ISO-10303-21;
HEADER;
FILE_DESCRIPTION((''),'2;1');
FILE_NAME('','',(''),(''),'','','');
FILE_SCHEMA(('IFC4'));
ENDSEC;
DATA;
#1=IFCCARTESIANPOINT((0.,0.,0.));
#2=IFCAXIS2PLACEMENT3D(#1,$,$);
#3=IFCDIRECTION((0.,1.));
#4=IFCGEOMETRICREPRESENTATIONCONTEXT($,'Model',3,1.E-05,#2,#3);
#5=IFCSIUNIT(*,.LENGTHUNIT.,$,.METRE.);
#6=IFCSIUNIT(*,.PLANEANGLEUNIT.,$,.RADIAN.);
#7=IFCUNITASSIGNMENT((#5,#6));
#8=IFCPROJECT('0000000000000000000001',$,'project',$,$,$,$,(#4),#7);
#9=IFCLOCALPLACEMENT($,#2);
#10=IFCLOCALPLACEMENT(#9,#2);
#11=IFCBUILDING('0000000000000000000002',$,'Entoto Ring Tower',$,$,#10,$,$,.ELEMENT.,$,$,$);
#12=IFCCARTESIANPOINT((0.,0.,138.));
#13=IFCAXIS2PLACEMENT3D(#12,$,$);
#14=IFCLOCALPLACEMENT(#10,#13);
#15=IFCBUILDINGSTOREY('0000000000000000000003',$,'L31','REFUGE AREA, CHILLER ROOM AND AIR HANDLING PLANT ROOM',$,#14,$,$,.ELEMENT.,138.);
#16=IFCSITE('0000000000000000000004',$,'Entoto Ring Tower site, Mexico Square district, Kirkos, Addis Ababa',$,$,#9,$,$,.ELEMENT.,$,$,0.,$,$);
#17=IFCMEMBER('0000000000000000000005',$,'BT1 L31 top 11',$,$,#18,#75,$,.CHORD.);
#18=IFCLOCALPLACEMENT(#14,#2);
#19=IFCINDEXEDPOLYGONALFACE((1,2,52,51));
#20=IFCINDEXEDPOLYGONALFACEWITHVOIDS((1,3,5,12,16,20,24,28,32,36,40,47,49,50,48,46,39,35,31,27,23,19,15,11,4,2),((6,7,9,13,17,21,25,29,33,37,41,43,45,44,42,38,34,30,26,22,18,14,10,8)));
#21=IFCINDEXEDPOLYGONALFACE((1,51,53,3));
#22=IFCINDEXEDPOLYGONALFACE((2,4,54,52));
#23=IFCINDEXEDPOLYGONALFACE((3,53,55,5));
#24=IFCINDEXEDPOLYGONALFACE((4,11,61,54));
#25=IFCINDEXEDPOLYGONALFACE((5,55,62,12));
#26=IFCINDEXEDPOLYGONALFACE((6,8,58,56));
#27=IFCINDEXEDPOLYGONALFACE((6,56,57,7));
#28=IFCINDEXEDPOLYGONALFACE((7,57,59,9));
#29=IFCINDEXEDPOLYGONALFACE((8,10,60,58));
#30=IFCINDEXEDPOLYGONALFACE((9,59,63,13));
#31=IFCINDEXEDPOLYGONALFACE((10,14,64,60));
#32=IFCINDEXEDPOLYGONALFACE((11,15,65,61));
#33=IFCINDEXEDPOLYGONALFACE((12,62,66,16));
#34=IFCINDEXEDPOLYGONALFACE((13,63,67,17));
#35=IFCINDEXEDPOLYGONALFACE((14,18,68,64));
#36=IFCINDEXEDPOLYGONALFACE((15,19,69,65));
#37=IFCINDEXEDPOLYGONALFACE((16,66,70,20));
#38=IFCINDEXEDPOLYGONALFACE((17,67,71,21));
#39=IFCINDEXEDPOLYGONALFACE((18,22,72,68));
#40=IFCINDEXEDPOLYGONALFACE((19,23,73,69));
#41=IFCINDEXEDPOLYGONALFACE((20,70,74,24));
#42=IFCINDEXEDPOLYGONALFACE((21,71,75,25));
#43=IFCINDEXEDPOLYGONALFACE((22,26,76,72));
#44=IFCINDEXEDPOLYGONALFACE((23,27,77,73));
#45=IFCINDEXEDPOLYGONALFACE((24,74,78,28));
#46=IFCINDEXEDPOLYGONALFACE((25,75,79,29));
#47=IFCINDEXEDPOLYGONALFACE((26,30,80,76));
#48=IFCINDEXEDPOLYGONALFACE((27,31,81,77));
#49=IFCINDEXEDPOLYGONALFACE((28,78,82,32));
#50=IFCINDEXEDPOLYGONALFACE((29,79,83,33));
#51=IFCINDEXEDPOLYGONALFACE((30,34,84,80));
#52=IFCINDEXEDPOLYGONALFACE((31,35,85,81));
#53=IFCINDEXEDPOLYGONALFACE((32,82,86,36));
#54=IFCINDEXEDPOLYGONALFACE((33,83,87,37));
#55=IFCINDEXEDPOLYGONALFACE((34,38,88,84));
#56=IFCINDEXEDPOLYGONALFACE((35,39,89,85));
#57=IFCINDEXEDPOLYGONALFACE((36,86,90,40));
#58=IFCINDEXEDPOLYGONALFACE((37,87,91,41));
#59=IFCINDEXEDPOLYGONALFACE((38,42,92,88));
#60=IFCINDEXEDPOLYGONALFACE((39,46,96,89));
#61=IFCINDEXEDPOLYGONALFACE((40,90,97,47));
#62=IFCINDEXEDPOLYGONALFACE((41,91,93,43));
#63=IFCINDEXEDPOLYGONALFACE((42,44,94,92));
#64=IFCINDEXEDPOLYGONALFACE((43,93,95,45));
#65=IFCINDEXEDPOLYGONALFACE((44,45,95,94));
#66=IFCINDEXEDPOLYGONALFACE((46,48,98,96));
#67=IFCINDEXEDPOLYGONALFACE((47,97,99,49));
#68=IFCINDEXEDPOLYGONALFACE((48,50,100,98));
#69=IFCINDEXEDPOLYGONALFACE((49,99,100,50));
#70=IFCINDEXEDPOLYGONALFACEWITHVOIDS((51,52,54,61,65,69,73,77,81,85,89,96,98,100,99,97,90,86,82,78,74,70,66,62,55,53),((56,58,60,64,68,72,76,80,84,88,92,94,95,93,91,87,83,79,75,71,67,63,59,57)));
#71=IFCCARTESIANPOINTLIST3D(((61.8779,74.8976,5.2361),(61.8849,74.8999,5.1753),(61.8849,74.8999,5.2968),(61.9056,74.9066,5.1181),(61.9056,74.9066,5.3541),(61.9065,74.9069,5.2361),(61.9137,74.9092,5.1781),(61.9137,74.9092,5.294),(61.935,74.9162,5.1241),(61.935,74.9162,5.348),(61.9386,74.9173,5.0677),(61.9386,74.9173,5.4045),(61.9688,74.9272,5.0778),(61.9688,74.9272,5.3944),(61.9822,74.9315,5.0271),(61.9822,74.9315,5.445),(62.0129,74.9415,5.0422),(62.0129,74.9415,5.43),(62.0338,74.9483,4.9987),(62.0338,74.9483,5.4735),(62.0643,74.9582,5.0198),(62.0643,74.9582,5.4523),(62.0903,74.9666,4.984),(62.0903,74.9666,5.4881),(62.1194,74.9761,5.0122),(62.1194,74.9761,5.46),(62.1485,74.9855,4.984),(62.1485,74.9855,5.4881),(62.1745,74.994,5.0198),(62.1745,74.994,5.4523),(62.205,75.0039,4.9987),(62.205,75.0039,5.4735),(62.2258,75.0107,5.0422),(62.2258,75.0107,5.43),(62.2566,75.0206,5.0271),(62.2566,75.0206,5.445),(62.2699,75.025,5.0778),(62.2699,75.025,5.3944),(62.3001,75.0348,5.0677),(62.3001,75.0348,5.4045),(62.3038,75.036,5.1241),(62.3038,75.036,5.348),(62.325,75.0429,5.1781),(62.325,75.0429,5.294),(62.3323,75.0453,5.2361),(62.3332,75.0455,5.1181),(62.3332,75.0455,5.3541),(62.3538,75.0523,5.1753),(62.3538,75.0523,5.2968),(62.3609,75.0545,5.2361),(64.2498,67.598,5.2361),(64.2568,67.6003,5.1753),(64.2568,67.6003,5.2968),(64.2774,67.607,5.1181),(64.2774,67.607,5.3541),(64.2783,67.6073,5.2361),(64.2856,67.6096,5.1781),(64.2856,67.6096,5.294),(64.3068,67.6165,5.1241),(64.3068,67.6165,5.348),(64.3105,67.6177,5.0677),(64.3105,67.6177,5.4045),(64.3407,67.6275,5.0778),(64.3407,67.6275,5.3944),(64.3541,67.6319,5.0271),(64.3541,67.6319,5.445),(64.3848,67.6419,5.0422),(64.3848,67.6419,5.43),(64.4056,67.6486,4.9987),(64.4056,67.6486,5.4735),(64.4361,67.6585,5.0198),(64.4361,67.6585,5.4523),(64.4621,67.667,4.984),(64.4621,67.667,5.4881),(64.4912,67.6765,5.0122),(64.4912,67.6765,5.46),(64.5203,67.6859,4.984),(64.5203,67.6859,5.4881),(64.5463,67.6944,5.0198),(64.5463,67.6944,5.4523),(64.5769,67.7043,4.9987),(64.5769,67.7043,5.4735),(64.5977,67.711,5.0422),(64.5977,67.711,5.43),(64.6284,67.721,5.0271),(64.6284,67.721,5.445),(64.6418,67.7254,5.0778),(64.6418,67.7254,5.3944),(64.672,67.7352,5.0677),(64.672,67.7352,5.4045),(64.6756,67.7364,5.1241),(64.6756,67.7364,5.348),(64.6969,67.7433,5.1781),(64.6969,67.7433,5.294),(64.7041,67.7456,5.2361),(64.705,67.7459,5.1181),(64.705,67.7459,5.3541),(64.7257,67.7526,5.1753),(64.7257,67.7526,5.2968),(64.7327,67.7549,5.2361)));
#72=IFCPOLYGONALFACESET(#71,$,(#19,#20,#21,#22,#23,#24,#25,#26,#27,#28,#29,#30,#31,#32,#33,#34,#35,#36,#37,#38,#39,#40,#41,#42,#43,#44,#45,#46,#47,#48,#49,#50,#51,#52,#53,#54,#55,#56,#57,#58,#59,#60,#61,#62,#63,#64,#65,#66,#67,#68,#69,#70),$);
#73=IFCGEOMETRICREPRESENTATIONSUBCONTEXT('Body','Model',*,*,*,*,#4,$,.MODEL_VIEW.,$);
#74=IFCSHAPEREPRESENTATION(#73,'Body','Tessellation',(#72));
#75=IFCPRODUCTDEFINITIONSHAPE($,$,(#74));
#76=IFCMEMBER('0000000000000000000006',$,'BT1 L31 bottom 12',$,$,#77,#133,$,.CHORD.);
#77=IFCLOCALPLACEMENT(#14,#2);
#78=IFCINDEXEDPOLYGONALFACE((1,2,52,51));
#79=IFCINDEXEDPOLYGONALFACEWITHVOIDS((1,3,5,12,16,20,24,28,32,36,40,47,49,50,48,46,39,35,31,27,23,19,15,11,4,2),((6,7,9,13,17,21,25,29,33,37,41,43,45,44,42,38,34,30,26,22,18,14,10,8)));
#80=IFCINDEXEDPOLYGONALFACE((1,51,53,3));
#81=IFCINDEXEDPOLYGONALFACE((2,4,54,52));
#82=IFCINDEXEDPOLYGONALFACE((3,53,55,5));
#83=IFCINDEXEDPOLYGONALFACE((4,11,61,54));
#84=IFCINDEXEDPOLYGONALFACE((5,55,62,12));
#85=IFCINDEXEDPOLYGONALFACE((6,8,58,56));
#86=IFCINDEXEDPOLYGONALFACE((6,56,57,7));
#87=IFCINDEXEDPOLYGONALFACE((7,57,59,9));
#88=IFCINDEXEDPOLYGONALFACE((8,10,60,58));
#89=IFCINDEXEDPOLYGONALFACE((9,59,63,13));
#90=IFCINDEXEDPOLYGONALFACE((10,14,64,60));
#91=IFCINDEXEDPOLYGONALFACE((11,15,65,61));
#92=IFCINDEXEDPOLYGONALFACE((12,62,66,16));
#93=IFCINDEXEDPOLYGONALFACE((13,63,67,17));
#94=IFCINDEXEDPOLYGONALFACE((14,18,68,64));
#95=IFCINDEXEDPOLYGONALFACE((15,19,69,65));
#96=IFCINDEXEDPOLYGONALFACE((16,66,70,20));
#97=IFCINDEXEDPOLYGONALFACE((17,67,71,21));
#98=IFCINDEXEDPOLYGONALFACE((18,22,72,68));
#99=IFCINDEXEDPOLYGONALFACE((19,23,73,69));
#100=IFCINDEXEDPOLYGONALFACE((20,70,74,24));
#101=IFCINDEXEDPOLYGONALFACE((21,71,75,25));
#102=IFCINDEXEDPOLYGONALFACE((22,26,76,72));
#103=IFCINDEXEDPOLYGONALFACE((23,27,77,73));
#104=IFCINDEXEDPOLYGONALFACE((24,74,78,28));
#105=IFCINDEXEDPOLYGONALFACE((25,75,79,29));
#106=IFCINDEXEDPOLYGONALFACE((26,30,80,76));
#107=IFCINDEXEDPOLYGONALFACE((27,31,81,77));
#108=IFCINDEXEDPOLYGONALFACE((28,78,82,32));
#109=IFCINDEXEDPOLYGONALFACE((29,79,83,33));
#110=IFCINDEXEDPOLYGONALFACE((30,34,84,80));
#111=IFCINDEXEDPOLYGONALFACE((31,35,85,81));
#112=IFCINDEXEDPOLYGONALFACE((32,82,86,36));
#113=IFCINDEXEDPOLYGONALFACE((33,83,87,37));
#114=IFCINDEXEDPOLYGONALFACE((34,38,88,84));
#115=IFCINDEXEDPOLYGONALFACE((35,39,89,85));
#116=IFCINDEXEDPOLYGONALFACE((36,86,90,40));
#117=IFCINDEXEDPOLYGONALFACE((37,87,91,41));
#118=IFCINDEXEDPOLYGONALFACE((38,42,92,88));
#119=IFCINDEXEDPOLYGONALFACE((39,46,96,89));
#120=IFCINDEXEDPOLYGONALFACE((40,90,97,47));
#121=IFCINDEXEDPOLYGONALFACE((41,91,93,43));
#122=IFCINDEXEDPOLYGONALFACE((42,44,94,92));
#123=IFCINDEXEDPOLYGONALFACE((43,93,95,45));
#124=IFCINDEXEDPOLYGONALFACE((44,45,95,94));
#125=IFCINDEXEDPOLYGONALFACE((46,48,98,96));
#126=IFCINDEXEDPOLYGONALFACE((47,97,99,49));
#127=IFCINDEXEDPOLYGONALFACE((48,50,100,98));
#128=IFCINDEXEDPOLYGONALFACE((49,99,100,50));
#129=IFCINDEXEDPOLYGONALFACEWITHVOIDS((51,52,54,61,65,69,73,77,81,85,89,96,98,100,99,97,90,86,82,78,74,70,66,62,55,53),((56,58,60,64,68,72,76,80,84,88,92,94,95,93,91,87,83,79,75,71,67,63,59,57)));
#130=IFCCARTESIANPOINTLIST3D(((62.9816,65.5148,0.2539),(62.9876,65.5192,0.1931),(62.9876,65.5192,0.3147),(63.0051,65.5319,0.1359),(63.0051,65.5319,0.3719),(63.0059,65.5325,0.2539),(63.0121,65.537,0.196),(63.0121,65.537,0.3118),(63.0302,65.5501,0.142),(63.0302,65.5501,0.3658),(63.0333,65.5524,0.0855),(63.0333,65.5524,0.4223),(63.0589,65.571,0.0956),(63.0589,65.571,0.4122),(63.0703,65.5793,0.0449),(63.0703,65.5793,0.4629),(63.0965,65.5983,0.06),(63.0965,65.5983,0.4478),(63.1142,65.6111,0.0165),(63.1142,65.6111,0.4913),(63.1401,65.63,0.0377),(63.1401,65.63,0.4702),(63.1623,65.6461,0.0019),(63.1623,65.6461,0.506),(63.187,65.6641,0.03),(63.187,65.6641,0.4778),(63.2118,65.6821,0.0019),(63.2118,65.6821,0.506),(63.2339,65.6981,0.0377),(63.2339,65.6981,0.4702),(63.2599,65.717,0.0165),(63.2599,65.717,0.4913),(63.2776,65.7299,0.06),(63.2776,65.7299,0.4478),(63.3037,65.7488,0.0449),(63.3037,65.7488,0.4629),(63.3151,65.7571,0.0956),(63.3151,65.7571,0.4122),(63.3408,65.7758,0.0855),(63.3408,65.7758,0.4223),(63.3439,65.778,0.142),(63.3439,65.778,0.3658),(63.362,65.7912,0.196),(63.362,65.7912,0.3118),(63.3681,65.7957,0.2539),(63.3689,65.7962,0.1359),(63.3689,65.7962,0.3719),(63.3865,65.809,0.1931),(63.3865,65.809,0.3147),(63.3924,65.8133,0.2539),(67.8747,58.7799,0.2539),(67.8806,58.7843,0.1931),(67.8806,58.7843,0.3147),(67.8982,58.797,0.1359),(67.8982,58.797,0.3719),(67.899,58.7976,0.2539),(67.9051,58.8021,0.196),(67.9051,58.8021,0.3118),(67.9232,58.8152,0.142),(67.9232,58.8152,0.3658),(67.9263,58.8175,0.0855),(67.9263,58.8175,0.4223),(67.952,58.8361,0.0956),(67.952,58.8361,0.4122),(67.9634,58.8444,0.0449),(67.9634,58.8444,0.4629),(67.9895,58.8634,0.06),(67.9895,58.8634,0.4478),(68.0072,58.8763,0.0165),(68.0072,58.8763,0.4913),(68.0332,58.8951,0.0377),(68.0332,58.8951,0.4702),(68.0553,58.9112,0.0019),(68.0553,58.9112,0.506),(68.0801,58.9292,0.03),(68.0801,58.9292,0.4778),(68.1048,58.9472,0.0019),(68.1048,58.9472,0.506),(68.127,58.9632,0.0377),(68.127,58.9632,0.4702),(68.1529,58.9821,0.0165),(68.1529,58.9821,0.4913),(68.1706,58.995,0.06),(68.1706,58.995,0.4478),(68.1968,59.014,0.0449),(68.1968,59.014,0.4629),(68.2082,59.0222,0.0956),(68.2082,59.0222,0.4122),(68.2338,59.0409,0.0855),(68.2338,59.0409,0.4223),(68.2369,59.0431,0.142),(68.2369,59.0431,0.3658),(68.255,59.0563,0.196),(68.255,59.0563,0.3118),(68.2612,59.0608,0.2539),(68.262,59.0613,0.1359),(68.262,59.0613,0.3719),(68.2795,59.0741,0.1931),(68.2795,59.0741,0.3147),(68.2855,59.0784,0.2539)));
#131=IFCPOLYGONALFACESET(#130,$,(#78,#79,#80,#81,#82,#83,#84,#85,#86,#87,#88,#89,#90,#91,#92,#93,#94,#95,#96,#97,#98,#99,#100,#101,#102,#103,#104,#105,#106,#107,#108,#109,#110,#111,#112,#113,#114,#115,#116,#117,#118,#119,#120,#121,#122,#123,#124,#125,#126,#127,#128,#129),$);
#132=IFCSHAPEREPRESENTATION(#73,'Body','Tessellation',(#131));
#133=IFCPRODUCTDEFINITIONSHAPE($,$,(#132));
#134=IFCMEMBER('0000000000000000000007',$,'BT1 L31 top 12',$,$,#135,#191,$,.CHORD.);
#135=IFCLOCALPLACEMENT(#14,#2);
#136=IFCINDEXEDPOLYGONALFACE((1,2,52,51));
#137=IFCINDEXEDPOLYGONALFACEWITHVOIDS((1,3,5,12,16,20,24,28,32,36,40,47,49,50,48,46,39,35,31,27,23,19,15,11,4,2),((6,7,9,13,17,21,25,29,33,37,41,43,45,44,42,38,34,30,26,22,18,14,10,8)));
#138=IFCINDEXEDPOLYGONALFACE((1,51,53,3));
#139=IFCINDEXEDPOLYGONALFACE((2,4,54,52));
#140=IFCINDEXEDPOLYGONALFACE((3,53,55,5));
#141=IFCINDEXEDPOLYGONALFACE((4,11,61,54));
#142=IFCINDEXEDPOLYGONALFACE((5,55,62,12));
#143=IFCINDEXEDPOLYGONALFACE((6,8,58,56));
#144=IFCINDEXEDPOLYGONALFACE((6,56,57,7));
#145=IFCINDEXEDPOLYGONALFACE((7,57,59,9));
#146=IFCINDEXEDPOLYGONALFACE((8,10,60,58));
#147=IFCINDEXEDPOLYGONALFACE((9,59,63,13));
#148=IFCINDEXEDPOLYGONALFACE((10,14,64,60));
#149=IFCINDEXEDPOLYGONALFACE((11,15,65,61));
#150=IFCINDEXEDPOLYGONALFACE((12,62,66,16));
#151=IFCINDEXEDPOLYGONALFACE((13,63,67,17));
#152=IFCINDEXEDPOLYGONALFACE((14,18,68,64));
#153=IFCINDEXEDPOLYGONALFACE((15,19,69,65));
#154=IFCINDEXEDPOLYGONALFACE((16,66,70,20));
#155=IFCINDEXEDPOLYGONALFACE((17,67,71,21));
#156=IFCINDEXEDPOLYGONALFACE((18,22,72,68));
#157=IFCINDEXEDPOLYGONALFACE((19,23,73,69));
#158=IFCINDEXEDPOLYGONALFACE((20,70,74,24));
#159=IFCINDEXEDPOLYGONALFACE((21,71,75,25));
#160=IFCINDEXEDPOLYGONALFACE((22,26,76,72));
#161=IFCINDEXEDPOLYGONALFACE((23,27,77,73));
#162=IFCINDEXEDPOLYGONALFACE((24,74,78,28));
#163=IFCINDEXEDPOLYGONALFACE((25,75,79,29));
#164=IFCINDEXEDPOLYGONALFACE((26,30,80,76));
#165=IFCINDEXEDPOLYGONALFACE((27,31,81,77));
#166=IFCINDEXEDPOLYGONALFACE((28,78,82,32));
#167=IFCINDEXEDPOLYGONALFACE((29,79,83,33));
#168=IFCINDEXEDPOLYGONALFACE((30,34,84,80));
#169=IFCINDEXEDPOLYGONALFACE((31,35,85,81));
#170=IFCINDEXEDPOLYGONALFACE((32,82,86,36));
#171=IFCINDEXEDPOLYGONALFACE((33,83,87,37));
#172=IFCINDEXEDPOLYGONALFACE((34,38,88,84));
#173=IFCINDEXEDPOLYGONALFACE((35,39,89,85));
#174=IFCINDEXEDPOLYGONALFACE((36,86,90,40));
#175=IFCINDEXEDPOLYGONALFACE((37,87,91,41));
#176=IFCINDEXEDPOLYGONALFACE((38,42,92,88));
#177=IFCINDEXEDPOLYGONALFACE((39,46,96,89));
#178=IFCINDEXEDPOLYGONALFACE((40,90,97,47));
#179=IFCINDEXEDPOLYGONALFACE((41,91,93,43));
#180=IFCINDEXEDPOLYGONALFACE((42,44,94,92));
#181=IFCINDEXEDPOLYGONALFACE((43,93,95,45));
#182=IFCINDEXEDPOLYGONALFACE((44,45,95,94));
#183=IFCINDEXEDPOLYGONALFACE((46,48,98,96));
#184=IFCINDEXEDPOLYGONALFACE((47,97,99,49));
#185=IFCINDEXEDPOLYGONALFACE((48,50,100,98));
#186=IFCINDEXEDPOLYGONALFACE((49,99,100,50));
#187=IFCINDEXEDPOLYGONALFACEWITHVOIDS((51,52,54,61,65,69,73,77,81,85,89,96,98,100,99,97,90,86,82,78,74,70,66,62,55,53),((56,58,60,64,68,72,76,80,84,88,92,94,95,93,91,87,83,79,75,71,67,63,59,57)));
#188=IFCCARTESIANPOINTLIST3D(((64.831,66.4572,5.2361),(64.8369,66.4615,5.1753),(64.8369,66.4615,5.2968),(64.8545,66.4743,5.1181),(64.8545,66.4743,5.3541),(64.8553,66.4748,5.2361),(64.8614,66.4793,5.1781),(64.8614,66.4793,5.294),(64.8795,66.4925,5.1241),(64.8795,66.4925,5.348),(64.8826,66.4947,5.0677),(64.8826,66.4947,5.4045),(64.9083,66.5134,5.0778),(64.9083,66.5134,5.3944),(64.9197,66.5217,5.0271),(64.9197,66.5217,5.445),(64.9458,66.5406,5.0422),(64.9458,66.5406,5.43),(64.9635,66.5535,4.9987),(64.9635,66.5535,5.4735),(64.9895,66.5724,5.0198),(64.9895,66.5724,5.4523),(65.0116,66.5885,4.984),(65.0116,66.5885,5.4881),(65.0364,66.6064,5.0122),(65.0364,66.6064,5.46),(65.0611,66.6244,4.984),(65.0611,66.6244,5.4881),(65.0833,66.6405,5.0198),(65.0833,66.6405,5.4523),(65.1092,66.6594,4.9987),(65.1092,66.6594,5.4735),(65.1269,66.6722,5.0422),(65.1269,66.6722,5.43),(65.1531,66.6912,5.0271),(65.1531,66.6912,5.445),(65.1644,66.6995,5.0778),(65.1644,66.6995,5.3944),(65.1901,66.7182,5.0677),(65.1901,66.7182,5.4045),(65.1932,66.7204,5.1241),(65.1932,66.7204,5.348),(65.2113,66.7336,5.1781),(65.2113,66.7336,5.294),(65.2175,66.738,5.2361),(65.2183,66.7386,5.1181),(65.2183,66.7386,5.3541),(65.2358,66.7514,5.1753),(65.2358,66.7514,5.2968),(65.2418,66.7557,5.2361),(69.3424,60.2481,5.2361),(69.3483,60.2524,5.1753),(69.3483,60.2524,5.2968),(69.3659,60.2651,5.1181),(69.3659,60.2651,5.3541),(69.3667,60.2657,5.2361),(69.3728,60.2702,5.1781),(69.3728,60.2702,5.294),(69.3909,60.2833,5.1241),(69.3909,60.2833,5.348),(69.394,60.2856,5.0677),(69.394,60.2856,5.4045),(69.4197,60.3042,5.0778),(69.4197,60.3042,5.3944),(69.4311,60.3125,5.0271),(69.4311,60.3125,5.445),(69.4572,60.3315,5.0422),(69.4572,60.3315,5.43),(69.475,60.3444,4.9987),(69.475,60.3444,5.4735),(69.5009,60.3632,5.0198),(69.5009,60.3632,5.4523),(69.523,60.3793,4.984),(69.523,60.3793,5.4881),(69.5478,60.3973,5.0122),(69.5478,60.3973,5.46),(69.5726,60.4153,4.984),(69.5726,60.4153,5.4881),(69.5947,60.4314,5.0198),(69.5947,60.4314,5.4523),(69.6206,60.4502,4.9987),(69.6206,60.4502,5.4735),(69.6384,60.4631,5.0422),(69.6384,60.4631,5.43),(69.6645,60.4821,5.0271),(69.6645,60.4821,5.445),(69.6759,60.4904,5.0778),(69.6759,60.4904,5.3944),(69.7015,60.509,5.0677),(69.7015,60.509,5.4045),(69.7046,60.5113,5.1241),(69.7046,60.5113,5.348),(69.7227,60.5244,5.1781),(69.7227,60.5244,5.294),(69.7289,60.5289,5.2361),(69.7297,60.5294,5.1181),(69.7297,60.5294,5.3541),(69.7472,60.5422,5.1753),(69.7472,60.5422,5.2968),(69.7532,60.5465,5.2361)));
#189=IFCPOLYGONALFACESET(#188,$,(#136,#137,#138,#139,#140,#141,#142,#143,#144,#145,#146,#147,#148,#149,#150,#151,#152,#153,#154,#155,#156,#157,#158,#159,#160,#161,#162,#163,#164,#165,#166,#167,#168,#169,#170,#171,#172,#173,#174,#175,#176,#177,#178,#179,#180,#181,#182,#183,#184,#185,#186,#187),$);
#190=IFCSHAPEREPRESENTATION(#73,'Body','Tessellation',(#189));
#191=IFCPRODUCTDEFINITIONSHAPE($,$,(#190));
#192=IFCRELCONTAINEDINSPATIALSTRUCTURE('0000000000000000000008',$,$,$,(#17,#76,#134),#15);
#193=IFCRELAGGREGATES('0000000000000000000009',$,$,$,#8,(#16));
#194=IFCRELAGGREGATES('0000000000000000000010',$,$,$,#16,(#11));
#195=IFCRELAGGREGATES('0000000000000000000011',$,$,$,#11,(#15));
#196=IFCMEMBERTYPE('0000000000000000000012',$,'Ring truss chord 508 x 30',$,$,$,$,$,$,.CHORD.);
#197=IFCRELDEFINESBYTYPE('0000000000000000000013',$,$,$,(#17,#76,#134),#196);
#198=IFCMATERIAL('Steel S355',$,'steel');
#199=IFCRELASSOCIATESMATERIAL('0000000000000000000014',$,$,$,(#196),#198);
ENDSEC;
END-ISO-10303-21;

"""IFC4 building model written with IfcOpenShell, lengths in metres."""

from ifc_helpers import new_model, si_unit, direction, frame, origin, origin_2d, place, context, subcontext, project, spatial, circle, hollow_circle, extrude, material, material_profile, profile_set, type_object, element, save


model = new_model("IFC4")

# Units and contexts
model_context = context("Model", 3, precision=1e-05, world=origin(), true_north=direction((0.0, 1.0)))
body_context = subcontext(model_context, "Body", "Model", "MODEL_VIEW")
ifc_project = project(units=[si_unit("LENGTHUNIT", "METRE"), si_unit("PLANEANGLEUNIT", "RADIAN")], contexts=[model_context])

# Site, building, storey
site_placement = place(None, origin())
site = spatial("IfcSite", under=ifc_project, at=site_placement, Name="Entoto Ring Tower site, Mexico Square district, Kirkos, Addis Ababa", CompositionType="ELEMENT", RefElevation=0.0)
building_placement = place(site_placement, origin())
building = spatial("IfcBuilding", under=site, at=building_placement, Name="Entoto Ring Tower", CompositionType="ELEMENT")
storey_placement = place(building_placement, frame((0.0, 0.0, 138.0)))
storey = spatial("IfcBuildingStorey", under=building, at=storey_placement, Name="L31", Description="REFUGE AREA, CHILLER ROOM AND AIR HANDLING PLANT ROOM", CompositionType="ELEMENT", Elevation=138.0)

# Members
ifc_material_1 = material(Name="Steel S355", Category="steel")
ifc_material_profile_1 = material_profile(ifc_material_1, hollow_circle(Radius=0.2539, WallThickness=0.03, at=origin_2d()), Name="CHS 508 x 30")
ifc_material_2 = material(Name="Concrete C60/75", Category="concrete")
ifc_material_profile_2 = material_profile(ifc_material_2, circle(Radius=0.2241, at=origin_2d()), Name="Concrete C60/75 infill")
ifc_profile_set_1 = profile_set([ifc_material_profile_1, ifc_material_profile_2], Name="Steel S355")
member_type_1 = type_object("IfcMemberType", Name="Ring truss chord 508 x 30", PredefinedType="CHORD", material=ifc_profile_set_1)
member_1_placement = place(storey_placement, frame((62.1194, 74.9761, 5.2361), z_axis=(0.309023, -0.951054, 0.0), x_axis=(0.951054, 0.309023, 0.0)))
element("IfcMember", 1, at=member_1_placement, inside=storey, type_object=member_type_1, Name="BT1 L31 top 11", PredefinedType="CHORD", context=body_context, shape_type="SweptSolid", body=[
    extrude(hollow_circle(Radius=0.2539, WallThickness=0.03, at=origin_2d()), origin(), (0.0, 0.0, 1.0), 7.6753),
])
member_2_placement = place(storey_placement, frame((63.187, 65.6641, 0.2539), z_axis=(0.587778, -0.809023, 0.0), x_axis=(0.809023, 0.587778, 0.0)))
element("IfcMember", 2, at=member_2_placement, inside=storey, type_object=member_type_1, Name="BT1 L31 bottom 12", PredefinedType="CHORD", context=body_context, shape_type="SweptSolid", body=[
    extrude(hollow_circle(Radius=0.2539, WallThickness=0.03, at=origin_2d()), origin(), (0.0, 0.0, 1.0), 8.3247),
])
member_3_placement = place(storey_placement, frame((65.0364, 66.6064, 5.2361), z_axis=(0.587803, -0.809004, 0.0), x_axis=(0.809004, 0.587803, 0.0)))
element("IfcMember", 3, at=member_3_placement, inside=storey, type_object=member_type_1, Name="BT1 L31 top 12", PredefinedType="CHORD", context=body_context, shape_type="SweptSolid", body=[
    extrude(hollow_circle(Radius=0.2539, WallThickness=0.03, at=origin_2d()), origin(), (0.0, 0.0, 1.0), 7.675),
])

save(model, "model.ifc")
